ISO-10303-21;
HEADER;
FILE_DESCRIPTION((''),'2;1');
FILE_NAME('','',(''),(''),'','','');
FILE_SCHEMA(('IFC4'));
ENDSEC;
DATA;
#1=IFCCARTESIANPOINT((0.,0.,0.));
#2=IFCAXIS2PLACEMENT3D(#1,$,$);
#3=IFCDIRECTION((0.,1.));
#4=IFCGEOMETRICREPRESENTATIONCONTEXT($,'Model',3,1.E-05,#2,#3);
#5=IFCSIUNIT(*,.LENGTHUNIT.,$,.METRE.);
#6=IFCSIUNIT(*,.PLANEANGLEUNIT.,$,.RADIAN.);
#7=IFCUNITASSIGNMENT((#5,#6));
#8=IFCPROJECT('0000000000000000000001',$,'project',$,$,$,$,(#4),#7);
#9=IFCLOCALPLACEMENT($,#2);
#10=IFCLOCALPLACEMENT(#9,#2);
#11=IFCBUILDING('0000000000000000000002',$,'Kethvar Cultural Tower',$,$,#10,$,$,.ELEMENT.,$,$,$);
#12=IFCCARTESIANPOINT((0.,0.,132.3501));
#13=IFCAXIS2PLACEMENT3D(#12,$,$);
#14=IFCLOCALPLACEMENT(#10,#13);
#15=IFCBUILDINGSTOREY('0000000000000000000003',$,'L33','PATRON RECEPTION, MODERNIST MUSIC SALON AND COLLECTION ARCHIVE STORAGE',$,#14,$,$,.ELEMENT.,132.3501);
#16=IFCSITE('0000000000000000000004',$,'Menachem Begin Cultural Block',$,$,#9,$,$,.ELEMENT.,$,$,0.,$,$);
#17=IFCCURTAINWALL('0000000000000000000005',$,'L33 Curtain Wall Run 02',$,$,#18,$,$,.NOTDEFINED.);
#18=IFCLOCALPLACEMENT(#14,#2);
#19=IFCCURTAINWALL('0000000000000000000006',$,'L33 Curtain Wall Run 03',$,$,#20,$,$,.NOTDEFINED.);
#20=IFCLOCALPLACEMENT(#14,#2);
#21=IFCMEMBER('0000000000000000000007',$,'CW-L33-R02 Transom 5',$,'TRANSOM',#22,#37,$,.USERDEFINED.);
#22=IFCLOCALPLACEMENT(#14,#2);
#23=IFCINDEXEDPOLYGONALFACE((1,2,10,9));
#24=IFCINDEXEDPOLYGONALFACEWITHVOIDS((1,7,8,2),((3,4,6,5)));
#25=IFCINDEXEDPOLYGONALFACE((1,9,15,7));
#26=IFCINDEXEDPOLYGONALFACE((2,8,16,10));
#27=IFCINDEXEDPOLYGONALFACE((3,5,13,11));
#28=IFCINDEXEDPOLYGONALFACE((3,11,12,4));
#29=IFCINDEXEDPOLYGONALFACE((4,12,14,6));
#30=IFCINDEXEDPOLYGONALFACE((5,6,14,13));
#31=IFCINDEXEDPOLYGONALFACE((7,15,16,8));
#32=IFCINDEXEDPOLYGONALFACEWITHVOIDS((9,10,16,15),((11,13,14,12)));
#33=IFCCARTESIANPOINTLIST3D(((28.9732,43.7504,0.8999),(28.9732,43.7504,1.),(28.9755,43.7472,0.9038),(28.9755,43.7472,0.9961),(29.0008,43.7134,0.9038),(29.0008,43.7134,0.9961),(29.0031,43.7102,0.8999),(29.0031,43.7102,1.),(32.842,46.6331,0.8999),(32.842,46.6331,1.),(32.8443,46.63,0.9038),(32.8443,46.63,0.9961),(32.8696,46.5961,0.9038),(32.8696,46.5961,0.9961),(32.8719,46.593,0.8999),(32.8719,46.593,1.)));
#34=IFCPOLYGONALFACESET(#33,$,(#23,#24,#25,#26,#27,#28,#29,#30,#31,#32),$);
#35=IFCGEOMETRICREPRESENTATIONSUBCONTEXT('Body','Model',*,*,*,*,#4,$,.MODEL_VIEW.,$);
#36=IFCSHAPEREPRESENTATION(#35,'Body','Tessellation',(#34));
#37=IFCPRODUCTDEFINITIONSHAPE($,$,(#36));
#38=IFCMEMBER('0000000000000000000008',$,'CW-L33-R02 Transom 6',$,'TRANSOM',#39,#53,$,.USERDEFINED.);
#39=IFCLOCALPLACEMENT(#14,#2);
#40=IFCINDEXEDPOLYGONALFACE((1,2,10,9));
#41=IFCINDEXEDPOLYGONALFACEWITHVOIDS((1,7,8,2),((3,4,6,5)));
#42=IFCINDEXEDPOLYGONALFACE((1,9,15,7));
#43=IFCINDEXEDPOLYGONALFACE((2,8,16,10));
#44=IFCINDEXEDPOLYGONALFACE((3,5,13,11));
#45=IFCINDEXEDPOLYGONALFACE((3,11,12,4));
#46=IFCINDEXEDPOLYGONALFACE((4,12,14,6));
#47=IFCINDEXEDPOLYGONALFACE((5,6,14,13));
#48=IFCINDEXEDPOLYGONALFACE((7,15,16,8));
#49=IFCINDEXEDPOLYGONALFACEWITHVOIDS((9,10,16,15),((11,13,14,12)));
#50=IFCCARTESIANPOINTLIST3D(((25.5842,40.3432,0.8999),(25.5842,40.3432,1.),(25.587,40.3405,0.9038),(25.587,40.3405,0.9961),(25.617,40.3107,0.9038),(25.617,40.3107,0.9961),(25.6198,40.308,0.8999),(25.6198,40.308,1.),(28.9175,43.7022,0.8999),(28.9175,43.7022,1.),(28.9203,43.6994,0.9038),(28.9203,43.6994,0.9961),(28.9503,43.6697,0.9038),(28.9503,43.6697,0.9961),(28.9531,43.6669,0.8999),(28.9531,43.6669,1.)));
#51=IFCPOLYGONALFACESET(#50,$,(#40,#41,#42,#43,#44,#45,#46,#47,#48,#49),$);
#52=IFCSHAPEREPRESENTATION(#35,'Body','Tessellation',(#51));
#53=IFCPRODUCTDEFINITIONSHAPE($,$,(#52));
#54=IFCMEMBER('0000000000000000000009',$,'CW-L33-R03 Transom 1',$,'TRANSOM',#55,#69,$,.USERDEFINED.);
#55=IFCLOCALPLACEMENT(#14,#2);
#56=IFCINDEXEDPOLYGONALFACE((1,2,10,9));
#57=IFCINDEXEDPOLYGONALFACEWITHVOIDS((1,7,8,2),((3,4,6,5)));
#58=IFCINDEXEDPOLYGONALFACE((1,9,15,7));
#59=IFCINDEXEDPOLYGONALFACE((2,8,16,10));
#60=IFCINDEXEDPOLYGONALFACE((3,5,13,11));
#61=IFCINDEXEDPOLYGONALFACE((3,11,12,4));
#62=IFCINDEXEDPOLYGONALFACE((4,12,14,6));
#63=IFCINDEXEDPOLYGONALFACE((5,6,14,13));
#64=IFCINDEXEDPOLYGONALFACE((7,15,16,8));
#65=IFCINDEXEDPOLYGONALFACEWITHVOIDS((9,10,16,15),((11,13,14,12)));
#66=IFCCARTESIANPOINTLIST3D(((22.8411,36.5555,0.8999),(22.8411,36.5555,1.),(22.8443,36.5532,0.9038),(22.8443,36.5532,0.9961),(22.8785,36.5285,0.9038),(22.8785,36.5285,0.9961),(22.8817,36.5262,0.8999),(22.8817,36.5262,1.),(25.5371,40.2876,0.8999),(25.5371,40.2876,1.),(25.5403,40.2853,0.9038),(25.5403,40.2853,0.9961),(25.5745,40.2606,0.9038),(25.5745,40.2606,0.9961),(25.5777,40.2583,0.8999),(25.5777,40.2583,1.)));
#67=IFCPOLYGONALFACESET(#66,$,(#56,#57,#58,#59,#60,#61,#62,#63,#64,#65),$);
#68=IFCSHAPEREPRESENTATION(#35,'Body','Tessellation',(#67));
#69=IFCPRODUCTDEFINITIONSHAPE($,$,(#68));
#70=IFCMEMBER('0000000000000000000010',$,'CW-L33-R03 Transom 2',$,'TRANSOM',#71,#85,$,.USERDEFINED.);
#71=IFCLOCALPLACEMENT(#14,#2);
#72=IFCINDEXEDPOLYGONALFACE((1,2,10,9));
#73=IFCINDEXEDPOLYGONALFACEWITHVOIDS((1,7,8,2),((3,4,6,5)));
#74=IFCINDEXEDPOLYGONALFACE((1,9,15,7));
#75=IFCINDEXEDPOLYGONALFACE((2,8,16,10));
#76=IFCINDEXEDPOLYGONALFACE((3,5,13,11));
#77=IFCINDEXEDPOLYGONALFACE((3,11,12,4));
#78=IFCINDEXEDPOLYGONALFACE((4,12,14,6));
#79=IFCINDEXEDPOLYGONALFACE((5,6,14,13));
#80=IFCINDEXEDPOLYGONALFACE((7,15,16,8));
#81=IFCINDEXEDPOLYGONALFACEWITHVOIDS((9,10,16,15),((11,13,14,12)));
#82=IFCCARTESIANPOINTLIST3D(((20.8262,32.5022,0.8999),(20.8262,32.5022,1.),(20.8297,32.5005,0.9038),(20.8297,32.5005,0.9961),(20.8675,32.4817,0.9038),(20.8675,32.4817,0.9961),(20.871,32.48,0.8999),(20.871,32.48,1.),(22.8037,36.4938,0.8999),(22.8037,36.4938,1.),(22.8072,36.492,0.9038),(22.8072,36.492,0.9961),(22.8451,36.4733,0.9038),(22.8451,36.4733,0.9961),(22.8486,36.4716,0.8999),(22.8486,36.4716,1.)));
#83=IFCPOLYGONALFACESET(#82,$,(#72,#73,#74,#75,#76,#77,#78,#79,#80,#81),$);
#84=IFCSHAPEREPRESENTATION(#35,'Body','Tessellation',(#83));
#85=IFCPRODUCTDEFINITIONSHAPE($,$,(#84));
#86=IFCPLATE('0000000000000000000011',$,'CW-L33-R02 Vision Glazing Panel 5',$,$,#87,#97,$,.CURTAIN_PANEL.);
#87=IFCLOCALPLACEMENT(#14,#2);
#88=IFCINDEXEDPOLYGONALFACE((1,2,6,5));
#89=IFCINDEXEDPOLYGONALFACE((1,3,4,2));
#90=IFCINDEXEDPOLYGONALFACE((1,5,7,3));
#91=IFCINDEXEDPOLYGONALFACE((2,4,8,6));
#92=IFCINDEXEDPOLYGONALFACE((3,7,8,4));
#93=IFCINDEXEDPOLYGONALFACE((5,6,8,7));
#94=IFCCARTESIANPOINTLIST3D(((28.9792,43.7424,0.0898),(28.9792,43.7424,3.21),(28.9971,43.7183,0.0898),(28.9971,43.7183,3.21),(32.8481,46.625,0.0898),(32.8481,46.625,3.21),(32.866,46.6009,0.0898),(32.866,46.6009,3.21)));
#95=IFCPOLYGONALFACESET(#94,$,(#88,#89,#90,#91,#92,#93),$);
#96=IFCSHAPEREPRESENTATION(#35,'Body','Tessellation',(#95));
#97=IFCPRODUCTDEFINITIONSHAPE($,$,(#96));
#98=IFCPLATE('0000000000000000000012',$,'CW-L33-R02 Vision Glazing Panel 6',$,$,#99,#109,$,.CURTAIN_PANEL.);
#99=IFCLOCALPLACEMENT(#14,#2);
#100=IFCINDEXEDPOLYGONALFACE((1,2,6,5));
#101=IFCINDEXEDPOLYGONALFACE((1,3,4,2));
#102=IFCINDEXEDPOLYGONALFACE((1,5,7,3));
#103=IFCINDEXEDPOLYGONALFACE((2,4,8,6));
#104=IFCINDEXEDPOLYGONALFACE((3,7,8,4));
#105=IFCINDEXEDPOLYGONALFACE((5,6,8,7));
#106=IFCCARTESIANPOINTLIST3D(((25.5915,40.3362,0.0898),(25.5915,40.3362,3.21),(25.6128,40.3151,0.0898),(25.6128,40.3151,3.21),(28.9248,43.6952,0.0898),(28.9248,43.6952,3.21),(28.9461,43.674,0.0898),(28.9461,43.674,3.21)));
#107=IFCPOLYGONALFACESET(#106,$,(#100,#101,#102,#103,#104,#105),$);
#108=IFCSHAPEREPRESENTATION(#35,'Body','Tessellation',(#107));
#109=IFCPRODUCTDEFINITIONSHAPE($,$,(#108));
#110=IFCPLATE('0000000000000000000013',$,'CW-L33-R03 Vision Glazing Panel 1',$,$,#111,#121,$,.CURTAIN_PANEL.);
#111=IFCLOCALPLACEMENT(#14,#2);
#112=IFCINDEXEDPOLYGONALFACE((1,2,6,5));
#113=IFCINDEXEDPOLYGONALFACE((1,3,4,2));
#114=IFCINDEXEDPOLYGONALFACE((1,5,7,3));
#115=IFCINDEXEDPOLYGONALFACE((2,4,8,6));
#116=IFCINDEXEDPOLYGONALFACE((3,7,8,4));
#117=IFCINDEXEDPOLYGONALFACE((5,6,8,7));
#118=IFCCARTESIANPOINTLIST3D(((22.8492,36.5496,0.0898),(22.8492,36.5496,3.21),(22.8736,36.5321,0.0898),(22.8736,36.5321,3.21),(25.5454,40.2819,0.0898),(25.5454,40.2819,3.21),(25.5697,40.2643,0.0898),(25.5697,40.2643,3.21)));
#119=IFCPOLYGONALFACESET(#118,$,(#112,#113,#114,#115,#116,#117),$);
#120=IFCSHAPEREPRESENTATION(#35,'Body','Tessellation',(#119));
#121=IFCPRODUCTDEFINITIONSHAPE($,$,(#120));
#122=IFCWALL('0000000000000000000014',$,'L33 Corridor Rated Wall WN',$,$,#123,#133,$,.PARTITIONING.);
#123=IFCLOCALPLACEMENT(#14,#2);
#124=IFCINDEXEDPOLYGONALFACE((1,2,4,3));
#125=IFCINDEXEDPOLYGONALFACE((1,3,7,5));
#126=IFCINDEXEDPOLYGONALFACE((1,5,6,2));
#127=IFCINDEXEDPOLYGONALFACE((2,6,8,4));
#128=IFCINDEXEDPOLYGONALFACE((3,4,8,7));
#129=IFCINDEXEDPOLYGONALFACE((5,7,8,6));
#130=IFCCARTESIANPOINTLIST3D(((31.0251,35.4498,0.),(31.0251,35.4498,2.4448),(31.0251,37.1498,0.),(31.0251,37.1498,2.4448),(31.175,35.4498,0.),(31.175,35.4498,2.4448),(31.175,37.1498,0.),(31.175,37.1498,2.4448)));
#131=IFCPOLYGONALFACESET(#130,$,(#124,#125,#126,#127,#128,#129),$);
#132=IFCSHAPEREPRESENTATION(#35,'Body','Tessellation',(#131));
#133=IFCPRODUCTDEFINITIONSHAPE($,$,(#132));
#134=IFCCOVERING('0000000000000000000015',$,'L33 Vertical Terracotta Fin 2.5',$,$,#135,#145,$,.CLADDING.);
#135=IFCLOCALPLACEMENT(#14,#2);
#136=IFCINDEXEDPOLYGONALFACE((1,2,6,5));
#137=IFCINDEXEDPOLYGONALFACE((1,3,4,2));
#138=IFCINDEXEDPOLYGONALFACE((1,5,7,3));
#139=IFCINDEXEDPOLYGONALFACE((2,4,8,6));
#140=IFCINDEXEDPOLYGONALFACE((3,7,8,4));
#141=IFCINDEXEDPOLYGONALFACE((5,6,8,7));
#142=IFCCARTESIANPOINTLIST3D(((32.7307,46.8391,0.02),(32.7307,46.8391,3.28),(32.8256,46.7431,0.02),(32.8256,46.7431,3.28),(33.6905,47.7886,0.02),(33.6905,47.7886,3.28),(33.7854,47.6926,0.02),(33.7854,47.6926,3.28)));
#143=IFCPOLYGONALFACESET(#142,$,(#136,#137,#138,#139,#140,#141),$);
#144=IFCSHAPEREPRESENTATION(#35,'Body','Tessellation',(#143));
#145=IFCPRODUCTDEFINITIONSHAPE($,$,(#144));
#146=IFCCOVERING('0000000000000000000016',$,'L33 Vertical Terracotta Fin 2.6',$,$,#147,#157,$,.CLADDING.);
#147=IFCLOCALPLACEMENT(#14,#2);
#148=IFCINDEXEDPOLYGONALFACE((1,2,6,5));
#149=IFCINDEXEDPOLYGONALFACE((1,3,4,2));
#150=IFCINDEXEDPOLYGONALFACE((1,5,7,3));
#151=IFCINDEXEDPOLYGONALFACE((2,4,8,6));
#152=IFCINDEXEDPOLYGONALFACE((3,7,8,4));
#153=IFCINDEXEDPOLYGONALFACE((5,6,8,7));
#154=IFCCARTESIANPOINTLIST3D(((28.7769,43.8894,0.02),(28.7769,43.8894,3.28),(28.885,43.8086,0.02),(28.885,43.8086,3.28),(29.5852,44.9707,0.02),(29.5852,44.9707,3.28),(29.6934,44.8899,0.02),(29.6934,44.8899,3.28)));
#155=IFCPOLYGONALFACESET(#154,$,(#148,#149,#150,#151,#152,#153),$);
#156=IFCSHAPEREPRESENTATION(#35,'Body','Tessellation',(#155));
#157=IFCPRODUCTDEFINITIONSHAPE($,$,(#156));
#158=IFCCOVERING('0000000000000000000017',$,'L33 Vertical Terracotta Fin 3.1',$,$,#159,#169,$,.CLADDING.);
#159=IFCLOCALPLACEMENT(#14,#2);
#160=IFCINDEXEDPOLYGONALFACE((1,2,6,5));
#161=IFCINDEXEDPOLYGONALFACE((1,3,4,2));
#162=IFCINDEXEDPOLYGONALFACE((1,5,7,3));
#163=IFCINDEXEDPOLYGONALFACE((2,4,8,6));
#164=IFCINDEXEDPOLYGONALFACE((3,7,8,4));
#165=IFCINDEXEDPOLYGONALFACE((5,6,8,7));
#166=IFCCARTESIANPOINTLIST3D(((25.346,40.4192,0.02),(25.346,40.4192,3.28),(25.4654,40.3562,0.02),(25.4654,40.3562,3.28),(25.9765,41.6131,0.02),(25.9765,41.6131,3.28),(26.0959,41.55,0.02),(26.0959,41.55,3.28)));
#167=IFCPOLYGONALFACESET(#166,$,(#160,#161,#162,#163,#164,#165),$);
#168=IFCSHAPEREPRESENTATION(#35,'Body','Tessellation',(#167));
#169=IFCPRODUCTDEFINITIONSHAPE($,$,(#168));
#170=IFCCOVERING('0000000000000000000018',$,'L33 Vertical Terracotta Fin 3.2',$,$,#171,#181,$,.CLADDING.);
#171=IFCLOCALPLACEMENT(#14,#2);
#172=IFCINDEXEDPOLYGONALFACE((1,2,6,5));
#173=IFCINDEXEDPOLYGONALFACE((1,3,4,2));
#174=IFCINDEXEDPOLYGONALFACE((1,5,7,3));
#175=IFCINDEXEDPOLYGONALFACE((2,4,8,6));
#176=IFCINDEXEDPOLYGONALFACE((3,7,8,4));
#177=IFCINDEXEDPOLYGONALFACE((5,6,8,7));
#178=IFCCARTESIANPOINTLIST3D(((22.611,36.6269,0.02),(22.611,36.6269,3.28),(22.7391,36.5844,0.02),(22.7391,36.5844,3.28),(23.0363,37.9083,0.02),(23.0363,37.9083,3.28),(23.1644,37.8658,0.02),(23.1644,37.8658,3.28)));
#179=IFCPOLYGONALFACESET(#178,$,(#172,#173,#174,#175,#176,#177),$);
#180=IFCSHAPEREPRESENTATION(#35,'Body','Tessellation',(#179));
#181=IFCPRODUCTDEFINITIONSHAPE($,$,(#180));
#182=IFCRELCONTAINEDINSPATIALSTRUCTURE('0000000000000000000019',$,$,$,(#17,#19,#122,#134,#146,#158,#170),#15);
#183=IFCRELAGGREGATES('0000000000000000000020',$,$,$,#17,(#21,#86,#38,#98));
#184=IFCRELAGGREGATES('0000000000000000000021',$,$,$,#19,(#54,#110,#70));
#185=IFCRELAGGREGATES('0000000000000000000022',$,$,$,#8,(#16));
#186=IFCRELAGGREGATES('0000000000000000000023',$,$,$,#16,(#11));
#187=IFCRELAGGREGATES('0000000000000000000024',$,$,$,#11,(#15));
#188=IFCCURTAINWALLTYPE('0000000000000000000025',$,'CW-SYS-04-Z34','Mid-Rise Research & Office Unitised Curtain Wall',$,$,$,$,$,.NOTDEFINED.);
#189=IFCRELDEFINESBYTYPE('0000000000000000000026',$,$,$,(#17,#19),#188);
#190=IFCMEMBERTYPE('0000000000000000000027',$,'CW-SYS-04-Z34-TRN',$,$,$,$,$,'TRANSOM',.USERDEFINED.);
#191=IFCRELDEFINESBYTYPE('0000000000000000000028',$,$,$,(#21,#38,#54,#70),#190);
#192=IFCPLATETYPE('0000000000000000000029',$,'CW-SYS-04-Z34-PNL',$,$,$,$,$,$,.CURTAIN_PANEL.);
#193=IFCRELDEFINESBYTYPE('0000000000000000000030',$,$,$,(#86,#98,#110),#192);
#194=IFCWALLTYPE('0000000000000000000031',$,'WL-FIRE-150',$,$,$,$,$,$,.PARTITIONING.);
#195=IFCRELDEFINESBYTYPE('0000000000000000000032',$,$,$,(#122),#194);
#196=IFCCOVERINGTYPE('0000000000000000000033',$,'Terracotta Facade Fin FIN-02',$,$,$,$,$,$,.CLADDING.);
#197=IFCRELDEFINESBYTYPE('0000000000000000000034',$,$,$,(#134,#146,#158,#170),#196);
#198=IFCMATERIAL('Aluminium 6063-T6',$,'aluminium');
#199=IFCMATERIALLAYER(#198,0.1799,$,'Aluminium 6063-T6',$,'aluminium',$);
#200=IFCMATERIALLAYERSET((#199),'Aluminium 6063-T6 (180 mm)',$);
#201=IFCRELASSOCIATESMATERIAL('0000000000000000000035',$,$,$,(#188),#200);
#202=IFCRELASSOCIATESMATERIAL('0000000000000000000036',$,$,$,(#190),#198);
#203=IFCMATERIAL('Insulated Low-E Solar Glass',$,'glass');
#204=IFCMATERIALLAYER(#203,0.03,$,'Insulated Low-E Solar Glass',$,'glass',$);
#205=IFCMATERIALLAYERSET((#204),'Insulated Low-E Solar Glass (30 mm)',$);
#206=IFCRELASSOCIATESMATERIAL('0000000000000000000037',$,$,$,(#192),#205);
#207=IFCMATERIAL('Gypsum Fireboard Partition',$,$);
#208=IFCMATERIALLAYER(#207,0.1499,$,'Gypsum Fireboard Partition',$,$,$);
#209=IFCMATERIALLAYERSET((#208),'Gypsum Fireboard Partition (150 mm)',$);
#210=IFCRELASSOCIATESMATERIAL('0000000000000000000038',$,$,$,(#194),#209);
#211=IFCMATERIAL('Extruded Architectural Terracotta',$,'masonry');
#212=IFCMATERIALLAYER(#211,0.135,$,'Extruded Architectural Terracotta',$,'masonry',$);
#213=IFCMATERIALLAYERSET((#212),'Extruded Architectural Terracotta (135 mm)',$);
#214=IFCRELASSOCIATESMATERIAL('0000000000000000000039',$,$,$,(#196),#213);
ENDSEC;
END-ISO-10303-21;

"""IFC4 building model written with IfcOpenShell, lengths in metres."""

from ifc_helpers import new_model, si_unit, direction, frame, frame_2d, origin, origin_2d, place, context, subcontext, project, spatial, rectangle, hollow_rectangle, extrude, source, transform, mapped, material, layer, layer_set, material_profile, profile_set, type_object, element, aggregate, save


model = new_model("IFC4")

# Units and contexts
model_context = context("Model", 3, precision=1e-05, world=origin(), true_north=direction((0.0, 1.0)))
body_context = subcontext(model_context, "Body", "Model", "MODEL_VIEW")
ifc_project = project(units=[si_unit("LENGTHUNIT", "METRE"), si_unit("PLANEANGLEUNIT", "RADIAN")], contexts=[model_context])

# Site, building, storey
site_placement = place(None, origin())
site = spatial("IfcSite", under=ifc_project, at=site_placement, Name="Menachem Begin Cultural Block", CompositionType="ELEMENT", RefElevation=0.0)
building_placement = place(site_placement, origin())
building = spatial("IfcBuilding", under=site, at=building_placement, Name="Kethvar Cultural Tower", CompositionType="ELEMENT")
storey_placement = place(building_placement, frame((0.0, 0.0, 132.3501)))
storey = spatial("IfcBuildingStorey", under=building, at=storey_placement, Name="L33", Description="PATRON RECEPTION, MODERNIST MUSIC SALON AND COLLECTION ARCHIVE STORAGE", CompositionType="ELEMENT", Elevation=132.3501)

# Curtain walls
ifc_material_1 = material(Name="Aluminium 6063-T6", Category="aluminium")
ifc_layer_1 = layer(ifc_material_1, 0.1799, Name="Aluminium 6063-T6", Category="aluminium")
ifc_layer_set_1 = layer_set([ifc_layer_1], Name="Aluminium 6063-T6 (180 mm)")
curtain_wall_type = type_object("IfcCurtainWallType", Name="CW-SYS-04-Z34", Description="Mid-Rise Research & Office Unitised Curtain Wall", PredefinedType="NOTDEFINED", material=ifc_layer_set_1)
curtain_wall_1_placement = place(storey_placement, origin())
curtain_wall_1 = element("IfcCurtainWall", 1, at=curtain_wall_1_placement, inside=storey, type_object=curtain_wall_type, Name="L33 Curtain Wall Run 02", PredefinedType="NOTDEFINED")
curtain_wall_2_placement = place(storey_placement, origin())
curtain_wall_2 = element("IfcCurtainWall", 2, at=curtain_wall_2_placement, inside=storey, type_object=curtain_wall_type, Name="L33 Curtain Wall Run 03", PredefinedType="NOTDEFINED")

# Members
ifc_material_profile_1 = material_profile(ifc_material_1, hollow_rectangle(XDim=0.05, YDim=0.1001, WallThickness=0.0039, at=origin_2d()), Name="Aluminium 6063-T6 — RHS100x50x4")
ifc_profile_set_1 = profile_set([ifc_material_profile_1], Name="Aluminium 6063-T6 — RHS100x50x4")
member_type_1 = type_object("IfcMemberType", Name="CW-SYS-04-Z34-TRN", ElementType="TRANSOM", PredefinedType="USERDEFINED", material=ifc_profile_set_1)
shared_shape_1 = source(origin(), body_context, "Body", "SweptSolid", [
    extrude(hollow_rectangle(XDim=0.05, YDim=0.1001, WallThickness=0.0039, at=origin_2d()), origin(), (0.0, 0.0, 1.0), 4.8247),
])
member_1_placement = place(storey_placement, frame((32.8569, 46.613, 0.95), z_axis=(-0.801872, -0.597495, 0.0), x_axis=(0.597495, -0.801872, 0.0)))
member_1 = element("IfcMember", 3, at=member_1_placement, type_object=member_type_1, Name="CW-L33-R02 Transom 5", ObjectType="TRANSOM", PredefinedType="USERDEFINED", context=body_context, shape_type="MappedRepresentation", body=[
    mapped(shared_shape_1, transform((0.0, 0.0, 0.0), scale=1.0)),
])
shared_shape_2 = source(origin(), body_context, "Body", "SweptSolid", [
    extrude(hollow_rectangle(XDim=0.05, YDim=0.1001, WallThickness=0.0039, at=origin_2d()), origin(), (0.0, 0.0, 1.0), 4.7322),
])
member_2_placement = place(storey_placement, frame((28.9353, 43.6846, 0.95), z_axis=(-0.704393, -0.70981, 0.0), x_axis=(0.70981, -0.704393, 0.0)))
member_2 = element("IfcMember", 4, at=member_2_placement, type_object=member_type_1, Name="CW-L33-R02 Transom 6", ObjectType="TRANSOM", PredefinedType="USERDEFINED", context=body_context, shape_type="MappedRepresentation", body=[
    mapped(shared_shape_2, transform((0.0, 0.0, 0.0), scale=1.0)),
])
shared_shape_3 = source(origin(), body_context, "Body", "SweptSolid", [
    extrude(hollow_rectangle(XDim=0.05, YDim=0.1001, WallThickness=0.0039, at=origin_2d()), origin(), (0.0, 0.0, 1.0), 4.604),
])
member_3_placement = place(storey_placement, frame((25.5574, 40.2729, 0.95), z_axis=(-0.585574, -0.810619, 0.0), x_axis=(0.810619, -0.585574, 0.0)))
member_3 = element("IfcMember", 5, at=member_3_placement, type_object=member_type_1, Name="CW-L33-R03 Transom 1", ObjectType="TRANSOM", PredefinedType="USERDEFINED", context=body_context, shape_type="MappedRepresentation", body=[
    mapped(shared_shape_3, transform((0.0, 0.0, 0.0), scale=1.0)),
])
shared_shape_4 = source(origin(), body_context, "Body", "SweptSolid", [
    extrude(hollow_rectangle(XDim=0.05, YDim=0.1001, WallThickness=0.0039, at=origin_2d()), origin(), (0.0, 0.0, 1.0), 4.4546),
])
member_4_placement = place(storey_placement, frame((22.8262, 36.4827, 0.95), z_axis=(-0.443944, -0.896055, 0.0), x_axis=(0.896055, -0.443944, 0.0)))
member_4 = element("IfcMember", 6, at=member_4_placement, type_object=member_type_1, Name="CW-L33-R03 Transom 2", ObjectType="TRANSOM", PredefinedType="USERDEFINED", context=body_context, shape_type="MappedRepresentation", body=[
    mapped(shared_shape_4, transform((0.0, 0.0, 0.0), scale=1.0)),
])

# Plates
ifc_material_2 = material(Name="Insulated Low-E Solar Glass", Category="glass")
ifc_layer_2 = layer(ifc_material_2, 0.03, Name="Insulated Low-E Solar Glass", Category="glass")
ifc_layer_set_2 = layer_set([ifc_layer_2], Name="Insulated Low-E Solar Glass (30 mm)")
plate_type = type_object("IfcPlateType", Name="CW-SYS-04-Z34-PNL", PredefinedType="CURTAIN_PANEL", material=ifc_layer_set_2)
shared_shape_5 = source(origin(), body_context, "Body", "SweptSolid", [
    extrude(rectangle(XDim=4.8247, YDim=0.03, at=origin_2d()), origin(), (0.0, 0.0, 1.0), 3.1201),
])
plate_1_placement = place(storey_placement, frame((30.9226, 45.1716, 0.0898), z_axis=(0.0, 0.0, 1.0), x_axis=(-0.80189, -0.597471, 0.0)))
plate_1 = element("IfcPlate", 7, at=plate_1_placement, type_object=plate_type, Name="CW-L33-R02 Vision Glazing Panel 5", PredefinedType="CURTAIN_PANEL", context=body_context, shape_type="MappedRepresentation", body=[
    mapped(shared_shape_5, transform((0.0, 0.0, 0.0), scale=1.0)),
])
shared_shape_6 = source(origin(), body_context, "Body", "SweptSolid", [
    extrude(rectangle(XDim=4.7322, YDim=0.03, at=origin_2d()), origin(), (0.0, 0.0, 1.0), 3.1201),
])
plate_2_placement = place(storey_placement, frame((27.2688, 42.0051, 0.0898), z_axis=(0.0, 0.0, 1.0), x_axis=(-0.704386, -0.709817, 0.0)))
plate_2 = element("IfcPlate", 8, at=plate_2_placement, type_object=plate_type, Name="CW-L33-R02 Vision Glazing Panel 6", PredefinedType="CURTAIN_PANEL", context=body_context, shape_type="MappedRepresentation", body=[
    mapped(shared_shape_6, transform((0.0, 0.0, 0.0), scale=1.0)),
])
aggregate(curtain_wall_1, [member_1, plate_1, member_2, plate_2])
shared_shape_7 = source(origin(), body_context, "Body", "SweptSolid", [
    extrude(rectangle(XDim=4.6042, YDim=0.03, at=origin_2d()), origin(), (0.0, 0.0, 1.0), 3.1201),
])
plate_3_placement = place(storey_placement, frame((24.2095, 38.407, 0.0898), z_axis=(0.0, 0.0, 1.0), x_axis=(-0.58558, -0.810614, 0.0)))
plate_3 = element("IfcPlate", 9, at=plate_3_placement, type_object=plate_type, Name="CW-L33-R03 Vision Glazing Panel 1", PredefinedType="CURTAIN_PANEL", context=body_context, shape_type="MappedRepresentation", body=[
    mapped(shared_shape_7, transform((0.0, 0.0, 0.0), scale=1.0)),
])
aggregate(curtain_wall_2, [member_3, plate_3, member_4])

# Wall
ifc_material_3 = material(Name="Gypsum Fireboard Partition")
ifc_layer_3 = layer(ifc_material_3, 0.1499, Name="Gypsum Fireboard Partition")
ifc_layer_set_3 = layer_set([ifc_layer_3], Name="Gypsum Fireboard Partition (150 mm)")
wall_type = type_object("IfcWallType", Name="WL-FIRE-150", PredefinedType="PARTITIONING", material=ifc_layer_set_3)
wall_placement = place(storey_placement, frame((31.1001, 37.1499, 0.0), z_axis=(0.0, 0.0, 1.0), x_axis=(0.0, -1.0, 0.0)))
element("IfcWall", 10, at=wall_placement, inside=storey, type_object=wall_type, Name="L33 Corridor Rated Wall WN", PredefinedType="PARTITIONING", context=body_context, shape_type="SweptSolid", body=[
    extrude(rectangle(XDim=1.7, YDim=0.1499, at=frame_2d((0.8501, 0.0))), origin(), (0.0, 0.0, 1.0), 2.4448),
])

# Coverings
ifc_material_4 = material(Name="Extruded Architectural Terracotta", Category="masonry")
ifc_layer_4 = layer(ifc_material_4, 0.135, Name="Extruded Architectural Terracotta", Category="masonry")
ifc_layer_set_4 = layer_set([ifc_layer_4], Name="Extruded Architectural Terracotta (135 mm)")
covering_type = type_object("IfcCoveringType", Name="Terracotta Facade Fin FIN-02", PredefinedType="CLADDING", material=ifc_layer_set_4)
shared_shape_8 = source(origin(), body_context, "Body", "SweptSolid", [
    extrude(rectangle(XDim=1.3501, YDim=0.135, at=origin_2d()), origin(), (0.0, 0.0, 1.0), 3.26),
])
for number, where, z_axis, x_axis, name in (
    (11, (33.2581, 47.2659, 0.02), (0.0, 0.0, 1.0), (0.710922, 0.703271, 0.0), "L33 Vertical Terracotta Fin 2.5"),
    (12, (29.2351, 44.3896, 0.02), (0.0, 0.0, 1.0), (0.598744, 0.80094, 0.0), "L33 Vertical Terracotta Fin 2.6"),
    (13, (25.7209, 40.9846, 0.02), (0.0, 0.0, 1.0), (0.467004, 0.884255, 0.0), "L33 Vertical Terracotta Fin 3.1"),
    (14, (22.8877, 37.2463, 0.02), (0.0, 0.0, 1.0), (0.314987, 0.949096, 0.0), "L33 Vertical Terracotta Fin 3.2"),
):
    element("IfcCovering", number, at=place(storey_placement, frame(where, z_axis=z_axis, x_axis=x_axis)), inside=storey, type_object=covering_type, Name=name, PredefinedType="CLADDING", context=body_context, shape_type="MappedRepresentation", body=[
        mapped(shared_shape_8, transform((0.0, 0.0, 0.0), scale=1.0)),
    ])

save(model, "model.ifc")
